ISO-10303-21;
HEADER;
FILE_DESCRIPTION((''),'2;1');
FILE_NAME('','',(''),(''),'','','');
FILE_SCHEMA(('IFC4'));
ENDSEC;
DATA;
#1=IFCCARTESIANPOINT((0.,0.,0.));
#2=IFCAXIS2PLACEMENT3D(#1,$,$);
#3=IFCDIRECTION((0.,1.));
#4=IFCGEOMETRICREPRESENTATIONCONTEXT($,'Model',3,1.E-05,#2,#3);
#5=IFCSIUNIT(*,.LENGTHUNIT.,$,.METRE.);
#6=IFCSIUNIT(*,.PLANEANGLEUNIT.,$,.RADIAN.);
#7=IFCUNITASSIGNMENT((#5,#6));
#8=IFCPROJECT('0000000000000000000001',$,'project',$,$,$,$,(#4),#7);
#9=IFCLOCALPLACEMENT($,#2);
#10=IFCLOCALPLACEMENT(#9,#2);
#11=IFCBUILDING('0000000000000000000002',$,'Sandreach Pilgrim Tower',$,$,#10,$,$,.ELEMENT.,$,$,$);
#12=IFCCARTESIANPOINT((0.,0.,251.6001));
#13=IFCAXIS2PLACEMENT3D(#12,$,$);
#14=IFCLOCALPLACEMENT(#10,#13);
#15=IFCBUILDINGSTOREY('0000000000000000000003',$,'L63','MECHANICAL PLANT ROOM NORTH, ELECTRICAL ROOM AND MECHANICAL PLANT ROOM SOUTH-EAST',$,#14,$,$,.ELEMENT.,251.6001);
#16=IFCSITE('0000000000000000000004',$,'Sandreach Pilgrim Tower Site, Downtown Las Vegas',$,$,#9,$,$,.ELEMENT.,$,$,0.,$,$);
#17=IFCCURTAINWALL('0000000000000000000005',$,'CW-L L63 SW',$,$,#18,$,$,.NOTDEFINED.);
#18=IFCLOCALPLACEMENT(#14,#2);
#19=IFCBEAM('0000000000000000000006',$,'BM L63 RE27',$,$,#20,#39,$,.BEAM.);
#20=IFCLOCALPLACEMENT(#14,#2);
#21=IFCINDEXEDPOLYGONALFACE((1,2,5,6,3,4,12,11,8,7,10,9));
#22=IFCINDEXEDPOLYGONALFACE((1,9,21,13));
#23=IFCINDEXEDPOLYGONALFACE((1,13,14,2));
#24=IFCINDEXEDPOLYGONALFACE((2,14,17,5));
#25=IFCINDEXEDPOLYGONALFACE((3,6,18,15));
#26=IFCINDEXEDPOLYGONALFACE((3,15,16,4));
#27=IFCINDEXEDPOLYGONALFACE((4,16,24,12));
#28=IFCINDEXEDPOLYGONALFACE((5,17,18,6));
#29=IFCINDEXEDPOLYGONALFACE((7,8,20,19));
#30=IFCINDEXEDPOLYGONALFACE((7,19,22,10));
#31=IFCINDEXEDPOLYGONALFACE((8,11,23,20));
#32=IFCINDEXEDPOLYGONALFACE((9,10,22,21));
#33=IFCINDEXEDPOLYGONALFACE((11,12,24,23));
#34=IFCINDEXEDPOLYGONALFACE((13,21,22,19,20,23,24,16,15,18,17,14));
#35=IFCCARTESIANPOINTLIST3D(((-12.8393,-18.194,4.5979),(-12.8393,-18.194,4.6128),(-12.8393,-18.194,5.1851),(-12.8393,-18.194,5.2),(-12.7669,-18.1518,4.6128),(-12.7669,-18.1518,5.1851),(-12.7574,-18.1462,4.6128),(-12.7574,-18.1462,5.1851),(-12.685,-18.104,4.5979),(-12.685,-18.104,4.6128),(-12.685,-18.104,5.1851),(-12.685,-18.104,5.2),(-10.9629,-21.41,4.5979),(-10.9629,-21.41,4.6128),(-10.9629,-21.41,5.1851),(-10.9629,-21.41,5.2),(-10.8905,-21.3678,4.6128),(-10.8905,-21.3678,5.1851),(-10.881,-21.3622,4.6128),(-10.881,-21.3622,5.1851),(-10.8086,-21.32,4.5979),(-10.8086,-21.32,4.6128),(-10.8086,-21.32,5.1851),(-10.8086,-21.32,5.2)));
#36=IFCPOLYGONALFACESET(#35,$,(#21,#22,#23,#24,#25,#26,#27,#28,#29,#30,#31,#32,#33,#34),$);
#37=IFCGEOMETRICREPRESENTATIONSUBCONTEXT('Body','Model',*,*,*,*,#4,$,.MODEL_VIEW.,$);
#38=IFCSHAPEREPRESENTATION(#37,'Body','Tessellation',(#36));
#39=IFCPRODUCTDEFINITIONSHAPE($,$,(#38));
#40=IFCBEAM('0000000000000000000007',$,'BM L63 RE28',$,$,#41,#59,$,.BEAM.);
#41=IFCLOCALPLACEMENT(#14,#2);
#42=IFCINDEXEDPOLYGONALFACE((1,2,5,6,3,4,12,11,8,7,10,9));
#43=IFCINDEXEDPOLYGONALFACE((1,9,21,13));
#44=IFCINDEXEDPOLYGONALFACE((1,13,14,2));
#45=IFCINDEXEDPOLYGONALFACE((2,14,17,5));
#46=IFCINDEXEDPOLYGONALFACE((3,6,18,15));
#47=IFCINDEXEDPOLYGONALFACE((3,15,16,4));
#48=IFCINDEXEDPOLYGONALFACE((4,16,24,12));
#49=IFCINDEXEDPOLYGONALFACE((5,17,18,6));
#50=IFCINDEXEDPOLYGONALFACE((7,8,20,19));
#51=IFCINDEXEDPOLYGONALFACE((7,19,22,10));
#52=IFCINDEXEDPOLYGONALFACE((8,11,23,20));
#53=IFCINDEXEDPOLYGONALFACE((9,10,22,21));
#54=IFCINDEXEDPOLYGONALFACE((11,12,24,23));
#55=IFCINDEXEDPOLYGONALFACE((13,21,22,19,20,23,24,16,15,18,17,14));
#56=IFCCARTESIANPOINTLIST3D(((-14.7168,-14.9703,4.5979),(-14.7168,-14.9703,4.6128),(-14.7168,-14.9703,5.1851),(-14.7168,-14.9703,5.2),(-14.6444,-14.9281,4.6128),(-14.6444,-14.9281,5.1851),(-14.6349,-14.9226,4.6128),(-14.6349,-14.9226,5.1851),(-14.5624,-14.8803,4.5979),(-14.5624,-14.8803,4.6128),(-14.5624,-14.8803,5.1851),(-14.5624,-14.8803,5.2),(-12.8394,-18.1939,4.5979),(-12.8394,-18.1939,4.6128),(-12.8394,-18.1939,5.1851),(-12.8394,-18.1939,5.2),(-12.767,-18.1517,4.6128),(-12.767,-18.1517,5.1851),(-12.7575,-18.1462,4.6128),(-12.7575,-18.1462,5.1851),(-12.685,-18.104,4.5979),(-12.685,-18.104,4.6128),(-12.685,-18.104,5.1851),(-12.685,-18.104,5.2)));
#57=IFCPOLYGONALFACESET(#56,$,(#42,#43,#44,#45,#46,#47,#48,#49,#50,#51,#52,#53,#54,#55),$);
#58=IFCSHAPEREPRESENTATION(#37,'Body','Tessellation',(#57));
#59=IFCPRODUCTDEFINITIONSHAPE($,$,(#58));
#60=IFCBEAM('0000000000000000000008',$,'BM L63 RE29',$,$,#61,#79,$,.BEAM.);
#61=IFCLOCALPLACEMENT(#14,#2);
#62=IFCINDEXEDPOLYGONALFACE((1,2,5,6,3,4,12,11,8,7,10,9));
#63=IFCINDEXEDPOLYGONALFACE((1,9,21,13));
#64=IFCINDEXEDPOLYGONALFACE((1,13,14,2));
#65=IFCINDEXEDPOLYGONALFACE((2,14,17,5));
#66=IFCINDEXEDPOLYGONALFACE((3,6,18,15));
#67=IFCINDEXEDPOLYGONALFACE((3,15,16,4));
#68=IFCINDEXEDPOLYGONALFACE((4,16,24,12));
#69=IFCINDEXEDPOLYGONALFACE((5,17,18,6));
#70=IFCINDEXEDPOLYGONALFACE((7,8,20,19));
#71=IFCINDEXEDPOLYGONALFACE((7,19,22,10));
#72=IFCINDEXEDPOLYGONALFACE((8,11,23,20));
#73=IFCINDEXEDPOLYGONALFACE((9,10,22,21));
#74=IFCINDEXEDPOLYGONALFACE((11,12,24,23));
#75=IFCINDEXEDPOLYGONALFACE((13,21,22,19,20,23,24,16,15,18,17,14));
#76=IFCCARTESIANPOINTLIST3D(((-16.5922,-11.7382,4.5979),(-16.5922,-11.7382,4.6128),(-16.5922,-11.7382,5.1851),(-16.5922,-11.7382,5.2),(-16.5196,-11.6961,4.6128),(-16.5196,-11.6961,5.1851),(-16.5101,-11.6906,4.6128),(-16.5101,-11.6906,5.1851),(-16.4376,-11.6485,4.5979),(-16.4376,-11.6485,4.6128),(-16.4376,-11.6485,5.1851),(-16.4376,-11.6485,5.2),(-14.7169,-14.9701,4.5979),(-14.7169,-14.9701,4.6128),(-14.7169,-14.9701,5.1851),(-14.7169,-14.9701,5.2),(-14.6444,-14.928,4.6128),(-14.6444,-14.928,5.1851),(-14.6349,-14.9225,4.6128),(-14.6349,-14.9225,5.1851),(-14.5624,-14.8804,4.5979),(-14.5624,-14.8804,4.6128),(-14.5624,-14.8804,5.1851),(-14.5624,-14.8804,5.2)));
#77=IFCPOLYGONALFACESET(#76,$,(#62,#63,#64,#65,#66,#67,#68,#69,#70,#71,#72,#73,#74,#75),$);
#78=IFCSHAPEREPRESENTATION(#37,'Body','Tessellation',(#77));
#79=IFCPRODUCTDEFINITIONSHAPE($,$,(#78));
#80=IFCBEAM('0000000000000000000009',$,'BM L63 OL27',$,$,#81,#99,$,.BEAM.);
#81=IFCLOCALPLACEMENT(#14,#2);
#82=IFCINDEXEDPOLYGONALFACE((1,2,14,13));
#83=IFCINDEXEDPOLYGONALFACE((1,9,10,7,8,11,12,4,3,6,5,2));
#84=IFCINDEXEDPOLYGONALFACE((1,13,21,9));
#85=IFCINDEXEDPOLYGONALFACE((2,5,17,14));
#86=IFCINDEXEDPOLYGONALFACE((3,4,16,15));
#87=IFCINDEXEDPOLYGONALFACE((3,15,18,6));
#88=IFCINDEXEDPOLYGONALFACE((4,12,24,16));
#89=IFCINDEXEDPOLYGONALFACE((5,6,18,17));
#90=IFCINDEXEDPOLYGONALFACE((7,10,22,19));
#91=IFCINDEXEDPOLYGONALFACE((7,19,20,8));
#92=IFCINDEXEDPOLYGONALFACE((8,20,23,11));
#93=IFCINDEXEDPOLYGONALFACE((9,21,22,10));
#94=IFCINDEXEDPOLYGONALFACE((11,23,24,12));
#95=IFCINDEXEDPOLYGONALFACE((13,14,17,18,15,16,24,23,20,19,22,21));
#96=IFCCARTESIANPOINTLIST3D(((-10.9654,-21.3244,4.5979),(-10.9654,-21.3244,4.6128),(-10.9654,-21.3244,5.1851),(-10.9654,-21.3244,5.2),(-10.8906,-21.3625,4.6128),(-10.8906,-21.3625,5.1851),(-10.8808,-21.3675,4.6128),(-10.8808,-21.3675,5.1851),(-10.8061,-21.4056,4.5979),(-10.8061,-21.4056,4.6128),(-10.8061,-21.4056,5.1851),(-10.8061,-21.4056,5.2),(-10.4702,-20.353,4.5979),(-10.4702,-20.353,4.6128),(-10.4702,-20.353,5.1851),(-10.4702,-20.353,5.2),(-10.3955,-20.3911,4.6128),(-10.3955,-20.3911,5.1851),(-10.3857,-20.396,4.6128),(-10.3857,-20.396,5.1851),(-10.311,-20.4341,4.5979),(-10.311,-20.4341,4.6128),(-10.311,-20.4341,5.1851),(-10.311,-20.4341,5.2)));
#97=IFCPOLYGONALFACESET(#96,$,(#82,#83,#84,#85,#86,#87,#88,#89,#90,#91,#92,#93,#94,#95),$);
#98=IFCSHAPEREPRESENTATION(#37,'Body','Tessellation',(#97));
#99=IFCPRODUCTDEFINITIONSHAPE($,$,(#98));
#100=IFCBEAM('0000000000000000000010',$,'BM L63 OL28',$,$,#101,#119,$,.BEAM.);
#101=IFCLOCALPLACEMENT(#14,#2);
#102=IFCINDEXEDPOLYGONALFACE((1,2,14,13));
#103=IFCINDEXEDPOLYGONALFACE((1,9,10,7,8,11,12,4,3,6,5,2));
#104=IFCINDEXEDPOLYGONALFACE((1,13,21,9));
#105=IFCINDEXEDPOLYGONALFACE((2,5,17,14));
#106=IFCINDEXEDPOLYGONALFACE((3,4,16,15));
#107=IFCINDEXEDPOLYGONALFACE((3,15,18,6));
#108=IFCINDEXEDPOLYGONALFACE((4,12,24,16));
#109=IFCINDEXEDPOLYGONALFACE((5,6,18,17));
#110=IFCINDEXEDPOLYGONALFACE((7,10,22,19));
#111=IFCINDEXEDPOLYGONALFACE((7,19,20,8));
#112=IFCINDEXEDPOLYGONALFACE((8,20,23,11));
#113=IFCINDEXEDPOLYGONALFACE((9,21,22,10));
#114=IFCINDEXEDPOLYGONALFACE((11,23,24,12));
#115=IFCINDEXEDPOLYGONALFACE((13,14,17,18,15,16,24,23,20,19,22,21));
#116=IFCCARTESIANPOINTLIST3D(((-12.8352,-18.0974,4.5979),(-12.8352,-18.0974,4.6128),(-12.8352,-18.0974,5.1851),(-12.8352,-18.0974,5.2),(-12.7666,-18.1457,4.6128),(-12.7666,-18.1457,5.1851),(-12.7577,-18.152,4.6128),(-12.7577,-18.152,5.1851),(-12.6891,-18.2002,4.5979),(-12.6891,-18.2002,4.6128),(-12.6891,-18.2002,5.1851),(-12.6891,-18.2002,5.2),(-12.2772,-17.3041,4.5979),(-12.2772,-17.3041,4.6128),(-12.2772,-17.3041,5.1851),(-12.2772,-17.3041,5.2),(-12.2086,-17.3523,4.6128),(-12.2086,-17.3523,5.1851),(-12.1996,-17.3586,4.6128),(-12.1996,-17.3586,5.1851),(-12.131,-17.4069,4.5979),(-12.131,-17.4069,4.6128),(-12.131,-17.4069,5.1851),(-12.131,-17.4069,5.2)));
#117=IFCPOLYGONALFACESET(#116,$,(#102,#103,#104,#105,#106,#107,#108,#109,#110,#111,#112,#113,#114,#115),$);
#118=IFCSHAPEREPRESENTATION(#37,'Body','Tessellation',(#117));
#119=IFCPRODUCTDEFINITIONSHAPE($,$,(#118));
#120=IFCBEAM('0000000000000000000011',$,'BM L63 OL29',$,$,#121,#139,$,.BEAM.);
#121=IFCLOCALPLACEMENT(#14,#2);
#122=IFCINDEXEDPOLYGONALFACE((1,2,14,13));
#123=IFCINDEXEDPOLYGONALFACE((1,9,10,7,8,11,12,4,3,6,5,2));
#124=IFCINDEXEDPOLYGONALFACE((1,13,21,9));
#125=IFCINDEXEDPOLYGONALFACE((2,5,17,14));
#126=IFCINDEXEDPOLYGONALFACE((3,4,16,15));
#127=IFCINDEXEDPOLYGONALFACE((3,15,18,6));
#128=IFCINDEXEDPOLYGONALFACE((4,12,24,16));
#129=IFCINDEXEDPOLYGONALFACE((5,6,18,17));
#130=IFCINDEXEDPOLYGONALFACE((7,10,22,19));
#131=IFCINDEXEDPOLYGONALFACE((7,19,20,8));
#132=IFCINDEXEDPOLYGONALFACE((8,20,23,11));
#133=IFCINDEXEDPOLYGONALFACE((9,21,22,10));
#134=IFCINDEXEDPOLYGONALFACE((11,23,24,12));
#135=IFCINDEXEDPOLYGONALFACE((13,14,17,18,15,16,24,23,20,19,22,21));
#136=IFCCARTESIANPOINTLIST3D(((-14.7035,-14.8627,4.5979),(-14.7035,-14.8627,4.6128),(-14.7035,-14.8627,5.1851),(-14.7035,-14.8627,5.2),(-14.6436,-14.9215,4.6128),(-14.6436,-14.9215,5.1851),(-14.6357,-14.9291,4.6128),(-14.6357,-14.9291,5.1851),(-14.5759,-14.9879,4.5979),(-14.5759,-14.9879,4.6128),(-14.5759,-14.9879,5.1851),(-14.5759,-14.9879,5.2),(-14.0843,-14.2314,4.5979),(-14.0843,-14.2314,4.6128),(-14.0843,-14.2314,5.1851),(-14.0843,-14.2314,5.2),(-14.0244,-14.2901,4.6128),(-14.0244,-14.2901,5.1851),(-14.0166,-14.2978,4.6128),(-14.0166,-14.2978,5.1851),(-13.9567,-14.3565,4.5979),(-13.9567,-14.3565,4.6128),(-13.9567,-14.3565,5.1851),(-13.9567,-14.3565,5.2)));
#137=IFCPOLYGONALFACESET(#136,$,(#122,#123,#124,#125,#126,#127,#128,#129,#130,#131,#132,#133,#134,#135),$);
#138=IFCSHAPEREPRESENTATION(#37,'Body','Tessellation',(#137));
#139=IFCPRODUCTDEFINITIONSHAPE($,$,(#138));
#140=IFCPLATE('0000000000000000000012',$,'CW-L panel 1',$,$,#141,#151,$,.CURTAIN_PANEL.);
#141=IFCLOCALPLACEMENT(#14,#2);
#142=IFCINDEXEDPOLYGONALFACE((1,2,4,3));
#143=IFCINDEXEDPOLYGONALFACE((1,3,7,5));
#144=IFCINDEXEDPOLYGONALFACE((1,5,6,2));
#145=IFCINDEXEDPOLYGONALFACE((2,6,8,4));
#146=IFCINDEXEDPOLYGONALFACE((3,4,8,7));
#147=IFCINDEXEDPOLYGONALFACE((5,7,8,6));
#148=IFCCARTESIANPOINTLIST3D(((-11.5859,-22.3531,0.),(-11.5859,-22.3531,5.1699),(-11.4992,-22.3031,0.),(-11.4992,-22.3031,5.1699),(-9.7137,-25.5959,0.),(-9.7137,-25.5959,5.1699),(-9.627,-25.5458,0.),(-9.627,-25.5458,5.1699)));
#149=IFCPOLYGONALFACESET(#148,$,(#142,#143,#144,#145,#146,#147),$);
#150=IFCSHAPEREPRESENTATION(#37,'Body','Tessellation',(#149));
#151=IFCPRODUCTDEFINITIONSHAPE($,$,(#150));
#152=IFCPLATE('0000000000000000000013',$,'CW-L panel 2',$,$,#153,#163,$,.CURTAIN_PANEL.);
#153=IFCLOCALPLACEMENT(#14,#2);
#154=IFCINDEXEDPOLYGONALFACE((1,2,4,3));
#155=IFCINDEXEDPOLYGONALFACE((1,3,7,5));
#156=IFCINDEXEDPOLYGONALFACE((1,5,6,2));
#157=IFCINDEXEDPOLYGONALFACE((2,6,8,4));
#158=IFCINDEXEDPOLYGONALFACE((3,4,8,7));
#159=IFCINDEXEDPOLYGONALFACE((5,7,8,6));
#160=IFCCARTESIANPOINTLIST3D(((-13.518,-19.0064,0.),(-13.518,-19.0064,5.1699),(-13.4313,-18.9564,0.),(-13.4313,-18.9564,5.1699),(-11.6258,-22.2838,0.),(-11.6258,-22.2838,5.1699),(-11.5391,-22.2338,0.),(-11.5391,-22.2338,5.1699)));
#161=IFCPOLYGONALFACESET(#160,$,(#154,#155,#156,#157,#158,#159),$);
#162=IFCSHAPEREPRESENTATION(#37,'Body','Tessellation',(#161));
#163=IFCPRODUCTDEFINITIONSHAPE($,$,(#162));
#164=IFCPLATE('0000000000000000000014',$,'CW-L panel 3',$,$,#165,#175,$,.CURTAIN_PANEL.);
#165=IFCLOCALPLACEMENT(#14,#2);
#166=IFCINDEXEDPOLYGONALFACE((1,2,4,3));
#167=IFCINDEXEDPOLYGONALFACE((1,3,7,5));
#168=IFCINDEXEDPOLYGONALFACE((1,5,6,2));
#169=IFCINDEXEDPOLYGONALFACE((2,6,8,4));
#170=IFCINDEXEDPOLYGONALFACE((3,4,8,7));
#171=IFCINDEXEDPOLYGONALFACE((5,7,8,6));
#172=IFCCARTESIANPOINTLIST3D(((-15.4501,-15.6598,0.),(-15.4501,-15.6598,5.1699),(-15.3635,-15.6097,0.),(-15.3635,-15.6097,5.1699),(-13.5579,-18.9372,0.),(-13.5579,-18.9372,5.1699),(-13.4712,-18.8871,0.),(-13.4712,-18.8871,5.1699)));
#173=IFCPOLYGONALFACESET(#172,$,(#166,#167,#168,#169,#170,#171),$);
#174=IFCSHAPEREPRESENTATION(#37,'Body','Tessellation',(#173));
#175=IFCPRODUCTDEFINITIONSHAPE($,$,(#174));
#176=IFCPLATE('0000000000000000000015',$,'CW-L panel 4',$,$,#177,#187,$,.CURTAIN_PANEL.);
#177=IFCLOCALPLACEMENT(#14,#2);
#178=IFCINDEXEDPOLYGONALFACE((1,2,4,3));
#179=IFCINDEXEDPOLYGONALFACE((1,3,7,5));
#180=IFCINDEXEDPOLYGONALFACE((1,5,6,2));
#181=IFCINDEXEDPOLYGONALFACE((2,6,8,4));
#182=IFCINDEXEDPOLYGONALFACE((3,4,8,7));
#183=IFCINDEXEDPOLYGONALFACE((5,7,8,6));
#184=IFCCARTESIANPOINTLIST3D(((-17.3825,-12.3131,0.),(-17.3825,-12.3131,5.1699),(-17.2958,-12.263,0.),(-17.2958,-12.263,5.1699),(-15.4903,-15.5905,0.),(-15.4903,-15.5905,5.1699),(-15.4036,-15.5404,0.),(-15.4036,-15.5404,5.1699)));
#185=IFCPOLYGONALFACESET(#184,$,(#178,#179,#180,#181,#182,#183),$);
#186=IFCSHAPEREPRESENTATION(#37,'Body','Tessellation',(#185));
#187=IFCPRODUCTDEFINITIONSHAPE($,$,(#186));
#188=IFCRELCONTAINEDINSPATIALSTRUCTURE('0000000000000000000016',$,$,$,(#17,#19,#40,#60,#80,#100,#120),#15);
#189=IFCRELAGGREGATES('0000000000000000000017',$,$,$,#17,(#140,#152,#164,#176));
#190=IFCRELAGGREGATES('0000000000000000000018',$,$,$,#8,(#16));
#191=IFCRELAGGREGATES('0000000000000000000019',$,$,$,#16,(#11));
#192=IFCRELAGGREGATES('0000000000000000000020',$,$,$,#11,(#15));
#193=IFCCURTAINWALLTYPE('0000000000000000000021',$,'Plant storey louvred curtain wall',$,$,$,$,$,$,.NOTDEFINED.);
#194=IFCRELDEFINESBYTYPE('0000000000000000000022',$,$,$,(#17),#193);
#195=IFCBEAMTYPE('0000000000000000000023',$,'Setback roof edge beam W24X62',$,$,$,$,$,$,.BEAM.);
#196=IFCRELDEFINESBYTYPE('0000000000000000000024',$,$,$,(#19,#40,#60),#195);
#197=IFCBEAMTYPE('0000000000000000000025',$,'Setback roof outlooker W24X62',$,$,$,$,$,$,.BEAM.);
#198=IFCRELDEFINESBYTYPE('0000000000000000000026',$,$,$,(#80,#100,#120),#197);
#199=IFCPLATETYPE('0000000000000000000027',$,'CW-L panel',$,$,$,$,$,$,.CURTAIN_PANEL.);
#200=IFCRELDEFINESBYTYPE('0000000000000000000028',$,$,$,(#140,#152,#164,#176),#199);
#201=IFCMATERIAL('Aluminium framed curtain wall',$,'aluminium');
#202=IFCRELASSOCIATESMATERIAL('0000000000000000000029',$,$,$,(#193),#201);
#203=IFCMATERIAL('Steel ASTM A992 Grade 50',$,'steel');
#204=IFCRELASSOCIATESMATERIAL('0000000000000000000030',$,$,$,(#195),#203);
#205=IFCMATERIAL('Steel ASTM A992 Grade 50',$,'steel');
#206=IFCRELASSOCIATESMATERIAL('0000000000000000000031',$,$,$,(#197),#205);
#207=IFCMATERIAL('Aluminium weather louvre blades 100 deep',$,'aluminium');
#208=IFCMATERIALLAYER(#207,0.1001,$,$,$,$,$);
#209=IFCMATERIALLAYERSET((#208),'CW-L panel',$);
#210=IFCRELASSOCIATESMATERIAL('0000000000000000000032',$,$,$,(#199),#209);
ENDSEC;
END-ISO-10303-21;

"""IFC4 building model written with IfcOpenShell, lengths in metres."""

from ifc_helpers import new_model, si_unit, direction, frame, origin, origin_2d, place, context, subcontext, project, spatial, rectangle, i_section, extrude, material, layer, layer_set, material_profile, profile_set, type_object, element, aggregate, save


model = new_model("IFC4")

# Units and contexts
model_context = context("Model", 3, precision=1e-05, world=origin(), true_north=direction((0.0, 1.0)))
body_context = subcontext(model_context, "Body", "Model", "MODEL_VIEW")
ifc_project = project(units=[si_unit("LENGTHUNIT", "METRE"), si_unit("PLANEANGLEUNIT", "RADIAN")], contexts=[model_context])

# Site, building, storey
site_placement = place(None, origin())
site = spatial("IfcSite", under=ifc_project, at=site_placement, Name="Sandreach Pilgrim Tower Site, Downtown Las Vegas", CompositionType="ELEMENT", RefElevation=0.0)
building_placement = place(site_placement, origin())
building = spatial("IfcBuilding", under=site, at=building_placement, Name="Sandreach Pilgrim Tower", CompositionType="ELEMENT")
storey_placement = place(building_placement, frame((0.0, 0.0, 251.6001)))
storey = spatial("IfcBuildingStorey", under=building, at=storey_placement, Name="L63", Description="MECHANICAL PLANT ROOM NORTH, ELECTRICAL ROOM AND MECHANICAL PLANT ROOM SOUTH-EAST", CompositionType="ELEMENT", Elevation=251.6001)

# Curtain wall
ifc_material_1 = material(Name="Aluminium framed curtain wall", Category="aluminium")
curtain_wall_type = type_object("IfcCurtainWallType", Name="Plant storey louvred curtain wall", PredefinedType="NOTDEFINED", material=ifc_material_1)
curtain_wall_placement = place(storey_placement, origin())
curtain_wall = element("IfcCurtainWall", 1, at=curtain_wall_placement, inside=storey, type_object=curtain_wall_type, Name="CW-L L63 SW", PredefinedType="NOTDEFINED")

# Beams
ifc_material_2 = material(Name="Steel ASTM A992 Grade 50", Category="steel")
ifc_material_profile_1 = material_profile(ifc_material_2, i_section(OverallWidth=0.1787, OverallDepth=0.6021, WebThickness=0.011, FlangeThickness=0.0149, at=origin_2d()), Name="W24X62")
ifc_profile_set_1 = profile_set([ifc_material_profile_1], Name="Steel ASTM A992 Grade 50")
beam_type_1 = type_object("IfcBeamType", Name="Setback roof edge beam W24X62", PredefinedType="BEAM", material=ifc_profile_set_1)
beam_1_placement = place(storey_placement, frame((-10.8857, -21.365, 4.8989), z_axis=(-0.503957, 0.863729, 0.0), x_axis=(-0.863729, -0.503957, 0.0)))
element("IfcBeam", 2, at=beam_1_placement, inside=storey, type_object=beam_type_1, Name="BM L63 RE27", PredefinedType="BEAM", context=body_context, shape_type="SweptSolid", body=[
    extrude(i_section(OverallWidth=0.1787, OverallDepth=0.6021, WebThickness=0.011, FlangeThickness=0.0149, at=origin_2d()), origin(), (0.0, 0.0, 1.0), 3.7234),
])
beam_2_placement = place(storey_placement, frame((-12.7622, -18.1489, 4.8989), z_axis=(-0.503269, 0.86413, 0.0), x_axis=(-0.86413, -0.503269, 0.0)))
element("IfcBeam", 3, at=beam_2_placement, inside=storey, type_object=beam_type_1, Name="BM L63 RE28", PredefinedType="BEAM", context=body_context, shape_type="SweptSolid", body=[
    extrude(i_section(OverallWidth=0.1787, OverallDepth=0.6021, WebThickness=0.011, FlangeThickness=0.0149, at=origin_2d()), origin(), (0.0, 0.0, 1.0), 3.7305),
])
beam_3_placement = place(storey_placement, frame((-14.6396, -14.9253, 4.8989), z_axis=(-0.501863, 0.864947, 0.0), x_axis=(-0.864947, -0.501863, 0.0)))
element("IfcBeam", 4, at=beam_3_placement, inside=storey, type_object=beam_type_1, Name="BM L63 RE29", PredefinedType="BEAM", context=body_context, shape_type="SweptSolid", body=[
    extrude(i_section(OverallWidth=0.1787, OverallDepth=0.6021, WebThickness=0.011, FlangeThickness=0.0149, at=origin_2d()), origin(), (0.0, 0.0, 1.0), 3.7366),
])
ifc_material_3 = material(Name="Steel ASTM A992 Grade 50", Category="steel")
ifc_material_profile_2 = material_profile(ifc_material_3, i_section(OverallWidth=0.1787, OverallDepth=0.6021, WebThickness=0.011, FlangeThickness=0.0149, at=origin_2d()), Name="W24X62")
ifc_profile_set_2 = profile_set([ifc_material_profile_2], Name="Steel ASTM A992 Grade 50")
beam_type_2 = type_object("IfcBeamType", Name="Setback roof outlooker W24X62", PredefinedType="BEAM", material=ifc_profile_set_2)
beam_4_placement = place(storey_placement, frame((-10.3906, -20.3936, 4.8989), z_axis=(-0.454097, -0.890952, 0.0), x_axis=(0.890952, -0.454097, 0.0)))
element("IfcBeam", 5, at=beam_4_placement, inside=storey, type_object=beam_type_2, Name="BM L63 OL27", PredefinedType="BEAM", context=body_context, shape_type="SweptSolid", body=[
    extrude(i_section(OverallWidth=0.1787, OverallDepth=0.6021, WebThickness=0.011, FlangeThickness=0.0149, at=origin_2d()), origin(), (0.0, 0.0, 1.0), 1.0903),
])
beam_5_placement = place(storey_placement, frame((-12.2041, -17.3555, 4.8989), z_axis=(-0.575319, -0.817929, 0.0), x_axis=(0.817929, -0.575319, 0.0)))
element("IfcBeam", 6, at=beam_5_placement, inside=storey, type_object=beam_type_2, Name="BM L63 OL28", PredefinedType="BEAM", context=body_context, shape_type="SweptSolid", body=[
    extrude(i_section(OverallWidth=0.1787, OverallDepth=0.6021, WebThickness=0.011, FlangeThickness=0.0149, at=origin_2d()), origin(), (0.0, 0.0, 1.0), 0.97),
])
beam_6_placement = place(storey_placement, frame((-14.0205, -14.2939, 4.8989), z_axis=(-0.700171, -0.713975, 0.0), x_axis=(0.713975, -0.700171, 0.0)))
element("IfcBeam", 7, at=beam_6_placement, inside=storey, type_object=beam_type_2, Name="BM L63 OL29", PredefinedType="BEAM", context=body_context, shape_type="SweptSolid", body=[
    extrude(i_section(OverallWidth=0.1787, OverallDepth=0.6021, WebThickness=0.011, FlangeThickness=0.0149, at=origin_2d()), origin(), (0.0, 0.0, 1.0), 0.8843),
])

# Plates
ifc_material_4 = material(Name="Aluminium weather louvre blades 100 deep", Category="aluminium")
ifc_layer = layer(ifc_material_4, 0.1001)
ifc_layer_set = layer_set([ifc_layer], Name="CW-L panel")
plate_type = type_object("IfcPlateType", Name="CW-L panel", PredefinedType="CURTAIN_PANEL", material=ifc_layer_set)
plate_1_placement = place(storey_placement, frame((-10.6064, -23.9495, 0.0), z_axis=(0.0, 0.0, 1.0), x_axis=(-0.5, 0.866025, 0.0)))
plate_1 = element("IfcPlate", 8, at=plate_1_placement, type_object=plate_type, Name="CW-L panel 1", PredefinedType="CURTAIN_PANEL", context=body_context, shape_type="SweptSolid", body=[
    extrude(rectangle(XDim=3.7444, YDim=0.1001, at=origin_2d()), origin(), (0.0, 0.0, 1.0), 5.1699),
])
plate_2_placement = place(storey_placement, frame((-12.5286, -20.6201, 0.0), z_axis=(0.0, 0.0, 1.0), x_axis=(-0.5, 0.866025, 0.0)))
plate_2 = element("IfcPlate", 9, at=plate_2_placement, type_object=plate_type, Name="CW-L panel 2", PredefinedType="CURTAIN_PANEL", context=body_context, shape_type="SweptSolid", body=[
    extrude(rectangle(XDim=3.7844, YDim=0.1001, at=origin_2d()), origin(), (0.0, 0.0, 1.0), 5.1699),
])
plate_3_placement = place(storey_placement, frame((-14.4607, -17.2734, 0.0), z_axis=(0.0, 0.0, 1.0), x_axis=(-0.5, 0.866025, 0.0)))
plate_3 = element("IfcPlate", 10, at=plate_3_placement, type_object=plate_type, Name="CW-L panel 3", PredefinedType="CURTAIN_PANEL", context=body_context, shape_type="SweptSolid", body=[
    extrude(rectangle(XDim=3.7844, YDim=0.1001, at=origin_2d()), origin(), (0.0, 0.0, 1.0), 5.1699),
])
plate_4_placement = place(storey_placement, frame((-16.3931, -13.9268, 0.0), z_axis=(0.0, 0.0, 1.0), x_axis=(-0.5, 0.866025, 0.0)))
plate_4 = element("IfcPlate", 11, at=plate_4_placement, type_object=plate_type, Name="CW-L panel 4", PredefinedType="CURTAIN_PANEL", context=body_context, shape_type="SweptSolid", body=[
    extrude(rectangle(XDim=3.7844, YDim=0.1001, at=origin_2d()), origin(), (0.0, 0.0, 1.0), 5.1699),
])
aggregate(curtain_wall, [plate_1, plate_2, plate_3, plate_4])

save(model, "model.ifc")
